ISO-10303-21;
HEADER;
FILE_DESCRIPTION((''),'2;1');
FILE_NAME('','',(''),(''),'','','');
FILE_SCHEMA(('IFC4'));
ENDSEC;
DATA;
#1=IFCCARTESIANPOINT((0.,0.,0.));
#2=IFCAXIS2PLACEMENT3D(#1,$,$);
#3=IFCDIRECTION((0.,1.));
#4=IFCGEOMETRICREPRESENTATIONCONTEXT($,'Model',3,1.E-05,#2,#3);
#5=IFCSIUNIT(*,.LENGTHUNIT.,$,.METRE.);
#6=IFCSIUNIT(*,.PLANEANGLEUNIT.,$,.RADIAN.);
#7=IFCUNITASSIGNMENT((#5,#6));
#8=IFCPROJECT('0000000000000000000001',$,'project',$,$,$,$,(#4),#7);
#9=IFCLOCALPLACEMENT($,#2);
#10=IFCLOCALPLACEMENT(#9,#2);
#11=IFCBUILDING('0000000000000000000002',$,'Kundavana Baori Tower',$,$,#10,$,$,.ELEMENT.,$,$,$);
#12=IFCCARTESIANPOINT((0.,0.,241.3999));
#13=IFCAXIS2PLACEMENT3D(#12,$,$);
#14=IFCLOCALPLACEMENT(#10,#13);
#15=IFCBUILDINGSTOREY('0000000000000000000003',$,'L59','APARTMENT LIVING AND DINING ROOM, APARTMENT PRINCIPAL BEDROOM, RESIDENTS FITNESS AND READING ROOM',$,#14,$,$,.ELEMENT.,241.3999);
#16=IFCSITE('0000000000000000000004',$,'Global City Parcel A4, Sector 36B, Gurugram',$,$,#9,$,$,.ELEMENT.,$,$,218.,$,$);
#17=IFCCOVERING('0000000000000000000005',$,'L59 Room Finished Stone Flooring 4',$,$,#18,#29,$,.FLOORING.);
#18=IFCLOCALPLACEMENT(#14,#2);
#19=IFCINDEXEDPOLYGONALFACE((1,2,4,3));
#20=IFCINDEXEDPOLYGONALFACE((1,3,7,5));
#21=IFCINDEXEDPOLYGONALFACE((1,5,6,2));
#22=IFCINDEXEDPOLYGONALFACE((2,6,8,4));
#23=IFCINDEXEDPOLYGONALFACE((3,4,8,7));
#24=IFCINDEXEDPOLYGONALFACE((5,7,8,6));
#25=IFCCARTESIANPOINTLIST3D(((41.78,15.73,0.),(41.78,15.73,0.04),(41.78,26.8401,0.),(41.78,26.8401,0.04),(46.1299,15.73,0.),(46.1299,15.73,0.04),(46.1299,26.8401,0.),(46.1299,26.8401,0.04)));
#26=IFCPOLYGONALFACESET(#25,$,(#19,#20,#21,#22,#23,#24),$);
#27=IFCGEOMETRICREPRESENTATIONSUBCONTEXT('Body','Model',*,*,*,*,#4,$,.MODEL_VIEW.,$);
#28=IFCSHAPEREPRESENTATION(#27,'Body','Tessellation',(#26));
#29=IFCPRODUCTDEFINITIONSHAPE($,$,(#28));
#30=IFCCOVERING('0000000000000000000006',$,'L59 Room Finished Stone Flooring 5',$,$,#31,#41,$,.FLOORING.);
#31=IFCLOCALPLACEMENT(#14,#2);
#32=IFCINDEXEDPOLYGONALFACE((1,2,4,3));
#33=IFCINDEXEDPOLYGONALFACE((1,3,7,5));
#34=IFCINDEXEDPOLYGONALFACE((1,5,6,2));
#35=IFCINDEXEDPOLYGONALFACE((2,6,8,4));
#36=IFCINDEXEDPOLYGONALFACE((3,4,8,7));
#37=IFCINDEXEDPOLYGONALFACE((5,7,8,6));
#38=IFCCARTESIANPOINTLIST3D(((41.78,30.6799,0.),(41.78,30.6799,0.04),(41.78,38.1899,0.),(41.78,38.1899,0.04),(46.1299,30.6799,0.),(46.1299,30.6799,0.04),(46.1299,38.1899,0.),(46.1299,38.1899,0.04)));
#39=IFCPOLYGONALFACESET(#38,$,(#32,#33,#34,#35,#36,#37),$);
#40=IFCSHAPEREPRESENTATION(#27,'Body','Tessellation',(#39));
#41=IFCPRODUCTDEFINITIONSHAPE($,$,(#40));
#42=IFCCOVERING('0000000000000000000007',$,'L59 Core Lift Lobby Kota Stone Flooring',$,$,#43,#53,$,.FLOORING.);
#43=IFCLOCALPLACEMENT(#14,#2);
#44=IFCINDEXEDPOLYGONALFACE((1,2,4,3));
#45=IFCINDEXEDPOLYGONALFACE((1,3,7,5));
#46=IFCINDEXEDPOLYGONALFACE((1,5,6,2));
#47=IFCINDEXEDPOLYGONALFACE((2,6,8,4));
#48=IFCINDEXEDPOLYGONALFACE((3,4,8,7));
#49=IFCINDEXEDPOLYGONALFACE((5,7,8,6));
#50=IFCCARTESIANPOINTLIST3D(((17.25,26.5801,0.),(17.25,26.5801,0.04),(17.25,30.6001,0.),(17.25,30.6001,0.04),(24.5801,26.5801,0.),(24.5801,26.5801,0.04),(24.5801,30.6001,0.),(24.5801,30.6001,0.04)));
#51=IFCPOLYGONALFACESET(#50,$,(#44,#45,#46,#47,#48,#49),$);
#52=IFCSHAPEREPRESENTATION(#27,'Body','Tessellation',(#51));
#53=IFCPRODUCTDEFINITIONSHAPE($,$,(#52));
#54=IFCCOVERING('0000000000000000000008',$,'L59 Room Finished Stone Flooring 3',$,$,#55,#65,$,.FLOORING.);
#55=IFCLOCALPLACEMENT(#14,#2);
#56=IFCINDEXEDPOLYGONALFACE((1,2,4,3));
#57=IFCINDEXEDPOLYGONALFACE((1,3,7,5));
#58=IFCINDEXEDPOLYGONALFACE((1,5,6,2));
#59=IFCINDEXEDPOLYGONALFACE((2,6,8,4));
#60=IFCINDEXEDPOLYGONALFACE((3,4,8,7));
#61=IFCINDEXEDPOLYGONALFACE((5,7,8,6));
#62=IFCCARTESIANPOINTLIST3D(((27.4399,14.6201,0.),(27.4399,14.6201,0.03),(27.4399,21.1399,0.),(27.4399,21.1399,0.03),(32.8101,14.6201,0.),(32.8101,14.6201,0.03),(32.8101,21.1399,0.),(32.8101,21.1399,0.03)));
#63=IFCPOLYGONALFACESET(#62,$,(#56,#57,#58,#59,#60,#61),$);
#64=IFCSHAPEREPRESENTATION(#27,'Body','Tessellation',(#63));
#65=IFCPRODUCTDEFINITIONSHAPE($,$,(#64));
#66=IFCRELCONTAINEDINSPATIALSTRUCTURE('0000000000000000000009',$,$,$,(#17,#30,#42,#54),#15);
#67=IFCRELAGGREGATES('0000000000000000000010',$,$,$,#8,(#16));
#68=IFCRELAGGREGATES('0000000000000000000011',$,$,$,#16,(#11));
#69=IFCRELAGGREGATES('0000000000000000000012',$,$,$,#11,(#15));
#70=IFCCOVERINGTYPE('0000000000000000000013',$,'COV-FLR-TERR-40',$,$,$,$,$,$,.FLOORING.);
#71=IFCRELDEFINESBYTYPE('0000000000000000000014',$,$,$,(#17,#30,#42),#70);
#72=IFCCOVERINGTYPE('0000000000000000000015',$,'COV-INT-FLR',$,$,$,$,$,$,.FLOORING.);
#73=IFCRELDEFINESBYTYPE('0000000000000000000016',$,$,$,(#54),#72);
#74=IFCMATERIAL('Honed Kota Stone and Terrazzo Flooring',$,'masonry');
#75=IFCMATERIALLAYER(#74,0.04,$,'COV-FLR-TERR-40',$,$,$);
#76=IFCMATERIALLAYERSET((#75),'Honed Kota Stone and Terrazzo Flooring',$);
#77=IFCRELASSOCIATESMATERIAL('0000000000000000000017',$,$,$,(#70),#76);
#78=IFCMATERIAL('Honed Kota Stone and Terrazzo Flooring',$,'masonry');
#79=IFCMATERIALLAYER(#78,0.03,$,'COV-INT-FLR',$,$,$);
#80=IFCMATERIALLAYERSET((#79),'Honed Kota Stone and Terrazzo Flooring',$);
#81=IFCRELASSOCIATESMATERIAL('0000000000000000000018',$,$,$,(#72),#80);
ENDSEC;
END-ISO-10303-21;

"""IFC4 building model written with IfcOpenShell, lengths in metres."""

from ifc_helpers import new_model, si_unit, direction, frame, origin, place, context, subcontext, project, spatial, polyline, outline, extrude, material, layer, layer_set, type_object, element, save


model = new_model("IFC4")

# Units and contexts
model_context = context("Model", 3, precision=1e-05, world=origin(), true_north=direction((0.0, 1.0)))
body_context = subcontext(model_context, "Body", "Model", "MODEL_VIEW")
ifc_project = project(units=[si_unit("LENGTHUNIT", "METRE"), si_unit("PLANEANGLEUNIT", "RADIAN")], contexts=[model_context])

# Site, building, storey
site_placement = place(None, origin())
site = spatial("IfcSite", under=ifc_project, at=site_placement, Name="Global City Parcel A4, Sector 36B, Gurugram", CompositionType="ELEMENT", RefElevation=218.0)
building_placement = place(site_placement, origin())
building = spatial("IfcBuilding", under=site, at=building_placement, Name="Kundavana Baori Tower", CompositionType="ELEMENT")
storey_placement = place(building_placement, frame((0.0, 0.0, 241.3999)))
storey = spatial("IfcBuildingStorey", under=building, at=storey_placement, Name="L59", Description="APARTMENT LIVING AND DINING ROOM, APARTMENT PRINCIPAL BEDROOM, RESIDENTS FITNESS AND READING ROOM", CompositionType="ELEMENT", Elevation=241.3999)

# Coverings
ifc_material_1 = material(Name="Honed Kota Stone and Terrazzo Flooring", Category="masonry")
ifc_layer_1 = layer(ifc_material_1, 0.04, Name="COV-FLR-TERR-40")
ifc_layer_set_1 = layer_set([ifc_layer_1], Name="Honed Kota Stone and Terrazzo Flooring")
covering_type_1 = type_object("IfcCoveringType", Name="COV-FLR-TERR-40", PredefinedType="FLOORING", material=ifc_layer_set_1)
covering_1_placement = place(storey_placement, origin())
element("IfcCovering", 1, at=covering_1_placement, inside=storey, type_object=covering_type_1, Name="L59 Room Finished Stone Flooring 4", PredefinedType="FLOORING", context=body_context, shape_type="SweptSolid", body=[
    extrude(outline(polyline([(41.78, 15.73), (46.1299, 15.73), (46.1299, 26.8401), (41.78, 26.8401), (41.78, 15.73)])), origin(), (0.0, 0.0, 1.0), 0.04),
])
covering_2_placement = place(storey_placement, origin())
element("IfcCovering", 2, at=covering_2_placement, inside=storey, type_object=covering_type_1, Name="L59 Room Finished Stone Flooring 5", PredefinedType="FLOORING", context=body_context, shape_type="SweptSolid", body=[
    extrude(outline(polyline([(41.78, 30.6799), (46.1299, 30.6799), (46.1299, 38.1899), (41.78, 38.1899), (41.78, 30.6799)])), origin(), (0.0, 0.0, 1.0), 0.04),
])
covering_3_placement = place(storey_placement, origin())
element("IfcCovering", 3, at=covering_3_placement, inside=storey, type_object=covering_type_1, Name="L59 Core Lift Lobby Kota Stone Flooring", PredefinedType="FLOORING", context=body_context, shape_type="SweptSolid", body=[
    extrude(outline(polyline([(17.25, 26.5801), (24.5801, 26.5801), (24.5801, 30.6001), (17.25, 30.6001), (17.25, 26.5801)])), origin(), (0.0, 0.0, 1.0), 0.04),
])
ifc_material_2 = material(Name="Honed Kota Stone and Terrazzo Flooring", Category="masonry")
ifc_layer_2 = layer(ifc_material_2, 0.03, Name="COV-INT-FLR")
ifc_layer_set_2 = layer_set([ifc_layer_2], Name="Honed Kota Stone and Terrazzo Flooring")
covering_type_2 = type_object("IfcCoveringType", Name="COV-INT-FLR", PredefinedType="FLOORING", material=ifc_layer_set_2)
covering_4_placement = place(storey_placement, origin())
element("IfcCovering", 4, at=covering_4_placement, inside=storey, type_object=covering_type_2, Name="L59 Room Finished Stone Flooring 3", PredefinedType="FLOORING", context=body_context, shape_type="SweptSolid", body=[
    extrude(outline(polyline([(27.4399, 14.6201), (32.8101, 14.6201), (32.8101, 21.1399), (27.4399, 21.1399), (27.4399, 14.6201)])), origin(), (0.0, 0.0, 1.0), 0.03),
])

save(model, "model.ifc")
